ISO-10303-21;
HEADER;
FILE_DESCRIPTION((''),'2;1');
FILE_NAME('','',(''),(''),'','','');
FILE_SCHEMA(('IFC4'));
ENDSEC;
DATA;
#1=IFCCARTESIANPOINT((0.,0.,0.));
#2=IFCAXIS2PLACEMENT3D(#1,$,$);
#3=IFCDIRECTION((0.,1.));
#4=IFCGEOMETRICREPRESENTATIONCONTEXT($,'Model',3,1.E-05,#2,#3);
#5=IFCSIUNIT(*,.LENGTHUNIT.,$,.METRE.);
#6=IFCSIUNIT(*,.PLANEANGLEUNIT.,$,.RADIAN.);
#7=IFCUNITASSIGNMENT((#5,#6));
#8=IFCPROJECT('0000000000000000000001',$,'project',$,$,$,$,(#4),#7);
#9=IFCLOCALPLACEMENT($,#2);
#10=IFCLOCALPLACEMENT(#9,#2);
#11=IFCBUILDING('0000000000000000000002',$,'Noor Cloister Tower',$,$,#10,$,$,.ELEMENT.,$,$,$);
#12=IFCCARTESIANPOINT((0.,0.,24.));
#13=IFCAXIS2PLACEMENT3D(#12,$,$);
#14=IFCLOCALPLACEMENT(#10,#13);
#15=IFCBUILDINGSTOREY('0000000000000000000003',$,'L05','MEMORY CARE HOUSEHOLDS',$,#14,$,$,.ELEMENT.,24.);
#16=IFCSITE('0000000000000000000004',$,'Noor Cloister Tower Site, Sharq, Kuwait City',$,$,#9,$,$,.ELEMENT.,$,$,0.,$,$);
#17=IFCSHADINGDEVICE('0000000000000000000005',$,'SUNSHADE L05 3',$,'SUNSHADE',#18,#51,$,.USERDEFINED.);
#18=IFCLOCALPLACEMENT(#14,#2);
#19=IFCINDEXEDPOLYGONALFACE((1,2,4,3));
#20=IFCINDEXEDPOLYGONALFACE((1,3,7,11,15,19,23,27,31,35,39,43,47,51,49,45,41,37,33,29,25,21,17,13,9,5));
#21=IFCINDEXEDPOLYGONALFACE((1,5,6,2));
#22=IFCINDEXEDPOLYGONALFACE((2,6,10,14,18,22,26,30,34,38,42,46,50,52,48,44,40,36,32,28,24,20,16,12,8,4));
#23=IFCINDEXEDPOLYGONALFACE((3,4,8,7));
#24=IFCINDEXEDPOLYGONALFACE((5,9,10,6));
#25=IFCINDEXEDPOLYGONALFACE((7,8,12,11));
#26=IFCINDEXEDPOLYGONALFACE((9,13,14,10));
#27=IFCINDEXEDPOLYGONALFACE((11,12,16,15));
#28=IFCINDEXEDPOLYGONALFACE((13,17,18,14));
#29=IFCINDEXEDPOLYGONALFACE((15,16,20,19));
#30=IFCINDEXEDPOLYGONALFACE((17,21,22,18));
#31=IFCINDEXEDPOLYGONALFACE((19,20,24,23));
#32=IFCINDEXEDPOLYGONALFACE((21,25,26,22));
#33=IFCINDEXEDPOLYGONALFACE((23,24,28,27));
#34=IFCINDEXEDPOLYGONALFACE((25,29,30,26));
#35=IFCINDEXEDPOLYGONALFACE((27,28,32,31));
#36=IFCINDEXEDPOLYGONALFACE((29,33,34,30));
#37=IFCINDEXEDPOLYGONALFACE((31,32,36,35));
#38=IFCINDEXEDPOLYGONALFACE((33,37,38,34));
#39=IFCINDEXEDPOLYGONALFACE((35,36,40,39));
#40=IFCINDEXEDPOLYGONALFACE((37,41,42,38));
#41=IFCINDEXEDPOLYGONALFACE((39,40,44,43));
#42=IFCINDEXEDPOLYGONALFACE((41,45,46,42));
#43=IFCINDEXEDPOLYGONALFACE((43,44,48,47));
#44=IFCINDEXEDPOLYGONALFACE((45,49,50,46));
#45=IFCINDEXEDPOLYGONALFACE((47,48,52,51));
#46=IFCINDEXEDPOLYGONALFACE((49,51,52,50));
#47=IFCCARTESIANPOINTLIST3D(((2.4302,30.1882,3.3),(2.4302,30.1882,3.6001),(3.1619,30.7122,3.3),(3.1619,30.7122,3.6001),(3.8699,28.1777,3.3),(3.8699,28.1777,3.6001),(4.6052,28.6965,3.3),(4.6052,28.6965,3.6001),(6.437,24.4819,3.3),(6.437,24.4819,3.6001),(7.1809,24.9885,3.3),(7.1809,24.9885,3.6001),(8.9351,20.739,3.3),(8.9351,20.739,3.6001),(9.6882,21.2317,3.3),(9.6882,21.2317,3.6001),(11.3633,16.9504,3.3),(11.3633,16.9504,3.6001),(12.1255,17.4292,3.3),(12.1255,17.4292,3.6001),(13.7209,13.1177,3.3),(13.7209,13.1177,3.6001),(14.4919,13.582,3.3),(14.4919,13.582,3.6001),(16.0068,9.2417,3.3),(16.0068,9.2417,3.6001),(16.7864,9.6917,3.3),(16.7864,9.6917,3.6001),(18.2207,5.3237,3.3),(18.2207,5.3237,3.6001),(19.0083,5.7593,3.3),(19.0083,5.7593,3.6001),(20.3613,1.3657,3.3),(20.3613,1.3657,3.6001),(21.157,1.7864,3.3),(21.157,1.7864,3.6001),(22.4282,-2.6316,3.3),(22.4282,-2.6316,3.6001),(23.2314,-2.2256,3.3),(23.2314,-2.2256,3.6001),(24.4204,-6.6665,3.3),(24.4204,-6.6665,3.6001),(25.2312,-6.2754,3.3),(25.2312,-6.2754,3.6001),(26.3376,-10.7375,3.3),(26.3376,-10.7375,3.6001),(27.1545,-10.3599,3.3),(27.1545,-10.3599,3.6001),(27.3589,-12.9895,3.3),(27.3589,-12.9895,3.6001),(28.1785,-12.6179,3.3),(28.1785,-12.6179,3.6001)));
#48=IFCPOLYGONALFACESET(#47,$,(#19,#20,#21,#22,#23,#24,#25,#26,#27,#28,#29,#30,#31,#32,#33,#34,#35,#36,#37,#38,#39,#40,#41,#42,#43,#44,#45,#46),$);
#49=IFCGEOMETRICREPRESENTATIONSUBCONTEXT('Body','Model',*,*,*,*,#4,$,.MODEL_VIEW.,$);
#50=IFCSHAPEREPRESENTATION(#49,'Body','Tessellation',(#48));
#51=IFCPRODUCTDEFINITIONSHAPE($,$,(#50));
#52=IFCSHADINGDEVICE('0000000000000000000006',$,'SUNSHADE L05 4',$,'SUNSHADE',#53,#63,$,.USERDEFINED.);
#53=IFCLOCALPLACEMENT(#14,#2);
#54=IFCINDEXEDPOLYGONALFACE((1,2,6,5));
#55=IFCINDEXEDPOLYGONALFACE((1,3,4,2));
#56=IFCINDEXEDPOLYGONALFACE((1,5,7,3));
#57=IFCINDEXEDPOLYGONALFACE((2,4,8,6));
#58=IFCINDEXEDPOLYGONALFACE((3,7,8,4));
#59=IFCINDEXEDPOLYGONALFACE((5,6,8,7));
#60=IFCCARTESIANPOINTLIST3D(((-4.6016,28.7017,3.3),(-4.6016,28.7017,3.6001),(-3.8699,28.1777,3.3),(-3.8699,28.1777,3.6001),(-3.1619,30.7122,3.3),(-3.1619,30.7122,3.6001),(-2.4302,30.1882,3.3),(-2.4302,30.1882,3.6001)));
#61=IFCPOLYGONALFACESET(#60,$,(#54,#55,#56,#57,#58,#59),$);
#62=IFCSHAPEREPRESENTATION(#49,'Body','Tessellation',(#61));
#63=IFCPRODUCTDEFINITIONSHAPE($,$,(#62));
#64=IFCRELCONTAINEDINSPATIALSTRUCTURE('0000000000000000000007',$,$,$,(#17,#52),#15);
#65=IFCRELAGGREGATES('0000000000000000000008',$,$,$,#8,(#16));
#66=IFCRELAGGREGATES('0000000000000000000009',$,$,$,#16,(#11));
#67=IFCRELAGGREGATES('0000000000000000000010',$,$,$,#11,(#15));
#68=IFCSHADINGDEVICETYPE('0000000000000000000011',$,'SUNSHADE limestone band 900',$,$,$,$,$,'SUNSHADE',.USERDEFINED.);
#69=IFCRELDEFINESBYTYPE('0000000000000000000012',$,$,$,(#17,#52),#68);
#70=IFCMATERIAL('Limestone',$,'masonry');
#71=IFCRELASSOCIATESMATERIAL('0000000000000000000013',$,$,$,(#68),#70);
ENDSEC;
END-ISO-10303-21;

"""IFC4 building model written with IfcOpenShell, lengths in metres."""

from ifc_helpers import new_model, si_unit, direction, frame, origin, place, context, subcontext, project, spatial, polyline, outline, extrude, material, type_object, element, save


model = new_model("IFC4")

# Units and contexts
model_context = context("Model", 3, precision=1e-05, world=origin(), true_north=direction((0.0, 1.0)))
body_context = subcontext(model_context, "Body", "Model", "MODEL_VIEW")
ifc_project = project(units=[si_unit("LENGTHUNIT", "METRE"), si_unit("PLANEANGLEUNIT", "RADIAN")], contexts=[model_context])

# Site, building, storey
site_placement = place(None, origin())
site = spatial("IfcSite", under=ifc_project, at=site_placement, Name="Noor Cloister Tower Site, Sharq, Kuwait City", CompositionType="ELEMENT", RefElevation=0.0)
building_placement = place(site_placement, origin())
building = spatial("IfcBuilding", under=site, at=building_placement, Name="Noor Cloister Tower", CompositionType="ELEMENT")
storey_placement = place(building_placement, frame((0.0, 0.0, 24.0)))
storey = spatial("IfcBuildingStorey", under=building, at=storey_placement, Name="L05", Description="MEMORY CARE HOUSEHOLDS", CompositionType="ELEMENT", Elevation=24.0)

# Shading devices
ifc_material_1 = material(Name="Limestone", Category="masonry")
shading_device_type = type_object("IfcShadingDeviceType", Name="SUNSHADE limestone band 900", ElementType="SUNSHADE", PredefinedType="USERDEFINED", material=ifc_material_1)
shading_device_1_placement = place(storey_placement, frame((0.0, 0.0, 3.3)))
element("IfcShadingDevice", 1, at=shading_device_1_placement, inside=storey, type_object=shading_device_type, Name="SUNSHADE L05 3", ObjectType="SUNSHADE", PredefinedType="USERDEFINED", context=body_context, shape_type="SweptSolid", body=[
    extrude(outline(polyline([(28.1785, -12.6179), (27.1545, -10.3599), (25.2312, -6.2754), (23.2314, -2.2256), (21.157, 1.7864), (19.0083, 5.7593), (16.7864, 9.6917), (14.4919, 13.582), (12.1255, 17.4292), (9.6882, 21.2317), (7.1809, 24.9885), (4.6052, 28.6965), (3.1619, 30.7122), (2.4302, 30.1882), (3.8699, 28.1777), (6.437, 24.4819), (8.9351, 20.739), (11.3633, 16.9504), (13.7209, 13.1177), (16.0068, 9.2417), (18.2207, 5.3237), (20.3613, 1.3657), (22.4282, -2.6316), (24.4204, -6.6665), (26.3376, -10.7375), (27.3589, -12.9895), (28.1785, -12.6179)])), origin(), (0.0, 0.0, 1.0), 0.3),
])
shading_device_2_placement = place(storey_placement, frame((0.0, 0.0, 3.3)))
element("IfcShadingDevice", 2, at=shading_device_2_placement, inside=storey, type_object=shading_device_type, Name="SUNSHADE L05 4", ObjectType="SUNSHADE", PredefinedType="USERDEFINED", context=body_context, shape_type="SweptSolid", body=[
    extrude(outline(polyline([(-3.1619, 30.7122), (-4.6016, 28.7017), (-3.8699, 28.1777), (-2.4302, 30.1882), (-3.1619, 30.7122)])), origin(), (0.0, 0.0, 1.0), 0.3),
])

save(model, "model.ifc")
